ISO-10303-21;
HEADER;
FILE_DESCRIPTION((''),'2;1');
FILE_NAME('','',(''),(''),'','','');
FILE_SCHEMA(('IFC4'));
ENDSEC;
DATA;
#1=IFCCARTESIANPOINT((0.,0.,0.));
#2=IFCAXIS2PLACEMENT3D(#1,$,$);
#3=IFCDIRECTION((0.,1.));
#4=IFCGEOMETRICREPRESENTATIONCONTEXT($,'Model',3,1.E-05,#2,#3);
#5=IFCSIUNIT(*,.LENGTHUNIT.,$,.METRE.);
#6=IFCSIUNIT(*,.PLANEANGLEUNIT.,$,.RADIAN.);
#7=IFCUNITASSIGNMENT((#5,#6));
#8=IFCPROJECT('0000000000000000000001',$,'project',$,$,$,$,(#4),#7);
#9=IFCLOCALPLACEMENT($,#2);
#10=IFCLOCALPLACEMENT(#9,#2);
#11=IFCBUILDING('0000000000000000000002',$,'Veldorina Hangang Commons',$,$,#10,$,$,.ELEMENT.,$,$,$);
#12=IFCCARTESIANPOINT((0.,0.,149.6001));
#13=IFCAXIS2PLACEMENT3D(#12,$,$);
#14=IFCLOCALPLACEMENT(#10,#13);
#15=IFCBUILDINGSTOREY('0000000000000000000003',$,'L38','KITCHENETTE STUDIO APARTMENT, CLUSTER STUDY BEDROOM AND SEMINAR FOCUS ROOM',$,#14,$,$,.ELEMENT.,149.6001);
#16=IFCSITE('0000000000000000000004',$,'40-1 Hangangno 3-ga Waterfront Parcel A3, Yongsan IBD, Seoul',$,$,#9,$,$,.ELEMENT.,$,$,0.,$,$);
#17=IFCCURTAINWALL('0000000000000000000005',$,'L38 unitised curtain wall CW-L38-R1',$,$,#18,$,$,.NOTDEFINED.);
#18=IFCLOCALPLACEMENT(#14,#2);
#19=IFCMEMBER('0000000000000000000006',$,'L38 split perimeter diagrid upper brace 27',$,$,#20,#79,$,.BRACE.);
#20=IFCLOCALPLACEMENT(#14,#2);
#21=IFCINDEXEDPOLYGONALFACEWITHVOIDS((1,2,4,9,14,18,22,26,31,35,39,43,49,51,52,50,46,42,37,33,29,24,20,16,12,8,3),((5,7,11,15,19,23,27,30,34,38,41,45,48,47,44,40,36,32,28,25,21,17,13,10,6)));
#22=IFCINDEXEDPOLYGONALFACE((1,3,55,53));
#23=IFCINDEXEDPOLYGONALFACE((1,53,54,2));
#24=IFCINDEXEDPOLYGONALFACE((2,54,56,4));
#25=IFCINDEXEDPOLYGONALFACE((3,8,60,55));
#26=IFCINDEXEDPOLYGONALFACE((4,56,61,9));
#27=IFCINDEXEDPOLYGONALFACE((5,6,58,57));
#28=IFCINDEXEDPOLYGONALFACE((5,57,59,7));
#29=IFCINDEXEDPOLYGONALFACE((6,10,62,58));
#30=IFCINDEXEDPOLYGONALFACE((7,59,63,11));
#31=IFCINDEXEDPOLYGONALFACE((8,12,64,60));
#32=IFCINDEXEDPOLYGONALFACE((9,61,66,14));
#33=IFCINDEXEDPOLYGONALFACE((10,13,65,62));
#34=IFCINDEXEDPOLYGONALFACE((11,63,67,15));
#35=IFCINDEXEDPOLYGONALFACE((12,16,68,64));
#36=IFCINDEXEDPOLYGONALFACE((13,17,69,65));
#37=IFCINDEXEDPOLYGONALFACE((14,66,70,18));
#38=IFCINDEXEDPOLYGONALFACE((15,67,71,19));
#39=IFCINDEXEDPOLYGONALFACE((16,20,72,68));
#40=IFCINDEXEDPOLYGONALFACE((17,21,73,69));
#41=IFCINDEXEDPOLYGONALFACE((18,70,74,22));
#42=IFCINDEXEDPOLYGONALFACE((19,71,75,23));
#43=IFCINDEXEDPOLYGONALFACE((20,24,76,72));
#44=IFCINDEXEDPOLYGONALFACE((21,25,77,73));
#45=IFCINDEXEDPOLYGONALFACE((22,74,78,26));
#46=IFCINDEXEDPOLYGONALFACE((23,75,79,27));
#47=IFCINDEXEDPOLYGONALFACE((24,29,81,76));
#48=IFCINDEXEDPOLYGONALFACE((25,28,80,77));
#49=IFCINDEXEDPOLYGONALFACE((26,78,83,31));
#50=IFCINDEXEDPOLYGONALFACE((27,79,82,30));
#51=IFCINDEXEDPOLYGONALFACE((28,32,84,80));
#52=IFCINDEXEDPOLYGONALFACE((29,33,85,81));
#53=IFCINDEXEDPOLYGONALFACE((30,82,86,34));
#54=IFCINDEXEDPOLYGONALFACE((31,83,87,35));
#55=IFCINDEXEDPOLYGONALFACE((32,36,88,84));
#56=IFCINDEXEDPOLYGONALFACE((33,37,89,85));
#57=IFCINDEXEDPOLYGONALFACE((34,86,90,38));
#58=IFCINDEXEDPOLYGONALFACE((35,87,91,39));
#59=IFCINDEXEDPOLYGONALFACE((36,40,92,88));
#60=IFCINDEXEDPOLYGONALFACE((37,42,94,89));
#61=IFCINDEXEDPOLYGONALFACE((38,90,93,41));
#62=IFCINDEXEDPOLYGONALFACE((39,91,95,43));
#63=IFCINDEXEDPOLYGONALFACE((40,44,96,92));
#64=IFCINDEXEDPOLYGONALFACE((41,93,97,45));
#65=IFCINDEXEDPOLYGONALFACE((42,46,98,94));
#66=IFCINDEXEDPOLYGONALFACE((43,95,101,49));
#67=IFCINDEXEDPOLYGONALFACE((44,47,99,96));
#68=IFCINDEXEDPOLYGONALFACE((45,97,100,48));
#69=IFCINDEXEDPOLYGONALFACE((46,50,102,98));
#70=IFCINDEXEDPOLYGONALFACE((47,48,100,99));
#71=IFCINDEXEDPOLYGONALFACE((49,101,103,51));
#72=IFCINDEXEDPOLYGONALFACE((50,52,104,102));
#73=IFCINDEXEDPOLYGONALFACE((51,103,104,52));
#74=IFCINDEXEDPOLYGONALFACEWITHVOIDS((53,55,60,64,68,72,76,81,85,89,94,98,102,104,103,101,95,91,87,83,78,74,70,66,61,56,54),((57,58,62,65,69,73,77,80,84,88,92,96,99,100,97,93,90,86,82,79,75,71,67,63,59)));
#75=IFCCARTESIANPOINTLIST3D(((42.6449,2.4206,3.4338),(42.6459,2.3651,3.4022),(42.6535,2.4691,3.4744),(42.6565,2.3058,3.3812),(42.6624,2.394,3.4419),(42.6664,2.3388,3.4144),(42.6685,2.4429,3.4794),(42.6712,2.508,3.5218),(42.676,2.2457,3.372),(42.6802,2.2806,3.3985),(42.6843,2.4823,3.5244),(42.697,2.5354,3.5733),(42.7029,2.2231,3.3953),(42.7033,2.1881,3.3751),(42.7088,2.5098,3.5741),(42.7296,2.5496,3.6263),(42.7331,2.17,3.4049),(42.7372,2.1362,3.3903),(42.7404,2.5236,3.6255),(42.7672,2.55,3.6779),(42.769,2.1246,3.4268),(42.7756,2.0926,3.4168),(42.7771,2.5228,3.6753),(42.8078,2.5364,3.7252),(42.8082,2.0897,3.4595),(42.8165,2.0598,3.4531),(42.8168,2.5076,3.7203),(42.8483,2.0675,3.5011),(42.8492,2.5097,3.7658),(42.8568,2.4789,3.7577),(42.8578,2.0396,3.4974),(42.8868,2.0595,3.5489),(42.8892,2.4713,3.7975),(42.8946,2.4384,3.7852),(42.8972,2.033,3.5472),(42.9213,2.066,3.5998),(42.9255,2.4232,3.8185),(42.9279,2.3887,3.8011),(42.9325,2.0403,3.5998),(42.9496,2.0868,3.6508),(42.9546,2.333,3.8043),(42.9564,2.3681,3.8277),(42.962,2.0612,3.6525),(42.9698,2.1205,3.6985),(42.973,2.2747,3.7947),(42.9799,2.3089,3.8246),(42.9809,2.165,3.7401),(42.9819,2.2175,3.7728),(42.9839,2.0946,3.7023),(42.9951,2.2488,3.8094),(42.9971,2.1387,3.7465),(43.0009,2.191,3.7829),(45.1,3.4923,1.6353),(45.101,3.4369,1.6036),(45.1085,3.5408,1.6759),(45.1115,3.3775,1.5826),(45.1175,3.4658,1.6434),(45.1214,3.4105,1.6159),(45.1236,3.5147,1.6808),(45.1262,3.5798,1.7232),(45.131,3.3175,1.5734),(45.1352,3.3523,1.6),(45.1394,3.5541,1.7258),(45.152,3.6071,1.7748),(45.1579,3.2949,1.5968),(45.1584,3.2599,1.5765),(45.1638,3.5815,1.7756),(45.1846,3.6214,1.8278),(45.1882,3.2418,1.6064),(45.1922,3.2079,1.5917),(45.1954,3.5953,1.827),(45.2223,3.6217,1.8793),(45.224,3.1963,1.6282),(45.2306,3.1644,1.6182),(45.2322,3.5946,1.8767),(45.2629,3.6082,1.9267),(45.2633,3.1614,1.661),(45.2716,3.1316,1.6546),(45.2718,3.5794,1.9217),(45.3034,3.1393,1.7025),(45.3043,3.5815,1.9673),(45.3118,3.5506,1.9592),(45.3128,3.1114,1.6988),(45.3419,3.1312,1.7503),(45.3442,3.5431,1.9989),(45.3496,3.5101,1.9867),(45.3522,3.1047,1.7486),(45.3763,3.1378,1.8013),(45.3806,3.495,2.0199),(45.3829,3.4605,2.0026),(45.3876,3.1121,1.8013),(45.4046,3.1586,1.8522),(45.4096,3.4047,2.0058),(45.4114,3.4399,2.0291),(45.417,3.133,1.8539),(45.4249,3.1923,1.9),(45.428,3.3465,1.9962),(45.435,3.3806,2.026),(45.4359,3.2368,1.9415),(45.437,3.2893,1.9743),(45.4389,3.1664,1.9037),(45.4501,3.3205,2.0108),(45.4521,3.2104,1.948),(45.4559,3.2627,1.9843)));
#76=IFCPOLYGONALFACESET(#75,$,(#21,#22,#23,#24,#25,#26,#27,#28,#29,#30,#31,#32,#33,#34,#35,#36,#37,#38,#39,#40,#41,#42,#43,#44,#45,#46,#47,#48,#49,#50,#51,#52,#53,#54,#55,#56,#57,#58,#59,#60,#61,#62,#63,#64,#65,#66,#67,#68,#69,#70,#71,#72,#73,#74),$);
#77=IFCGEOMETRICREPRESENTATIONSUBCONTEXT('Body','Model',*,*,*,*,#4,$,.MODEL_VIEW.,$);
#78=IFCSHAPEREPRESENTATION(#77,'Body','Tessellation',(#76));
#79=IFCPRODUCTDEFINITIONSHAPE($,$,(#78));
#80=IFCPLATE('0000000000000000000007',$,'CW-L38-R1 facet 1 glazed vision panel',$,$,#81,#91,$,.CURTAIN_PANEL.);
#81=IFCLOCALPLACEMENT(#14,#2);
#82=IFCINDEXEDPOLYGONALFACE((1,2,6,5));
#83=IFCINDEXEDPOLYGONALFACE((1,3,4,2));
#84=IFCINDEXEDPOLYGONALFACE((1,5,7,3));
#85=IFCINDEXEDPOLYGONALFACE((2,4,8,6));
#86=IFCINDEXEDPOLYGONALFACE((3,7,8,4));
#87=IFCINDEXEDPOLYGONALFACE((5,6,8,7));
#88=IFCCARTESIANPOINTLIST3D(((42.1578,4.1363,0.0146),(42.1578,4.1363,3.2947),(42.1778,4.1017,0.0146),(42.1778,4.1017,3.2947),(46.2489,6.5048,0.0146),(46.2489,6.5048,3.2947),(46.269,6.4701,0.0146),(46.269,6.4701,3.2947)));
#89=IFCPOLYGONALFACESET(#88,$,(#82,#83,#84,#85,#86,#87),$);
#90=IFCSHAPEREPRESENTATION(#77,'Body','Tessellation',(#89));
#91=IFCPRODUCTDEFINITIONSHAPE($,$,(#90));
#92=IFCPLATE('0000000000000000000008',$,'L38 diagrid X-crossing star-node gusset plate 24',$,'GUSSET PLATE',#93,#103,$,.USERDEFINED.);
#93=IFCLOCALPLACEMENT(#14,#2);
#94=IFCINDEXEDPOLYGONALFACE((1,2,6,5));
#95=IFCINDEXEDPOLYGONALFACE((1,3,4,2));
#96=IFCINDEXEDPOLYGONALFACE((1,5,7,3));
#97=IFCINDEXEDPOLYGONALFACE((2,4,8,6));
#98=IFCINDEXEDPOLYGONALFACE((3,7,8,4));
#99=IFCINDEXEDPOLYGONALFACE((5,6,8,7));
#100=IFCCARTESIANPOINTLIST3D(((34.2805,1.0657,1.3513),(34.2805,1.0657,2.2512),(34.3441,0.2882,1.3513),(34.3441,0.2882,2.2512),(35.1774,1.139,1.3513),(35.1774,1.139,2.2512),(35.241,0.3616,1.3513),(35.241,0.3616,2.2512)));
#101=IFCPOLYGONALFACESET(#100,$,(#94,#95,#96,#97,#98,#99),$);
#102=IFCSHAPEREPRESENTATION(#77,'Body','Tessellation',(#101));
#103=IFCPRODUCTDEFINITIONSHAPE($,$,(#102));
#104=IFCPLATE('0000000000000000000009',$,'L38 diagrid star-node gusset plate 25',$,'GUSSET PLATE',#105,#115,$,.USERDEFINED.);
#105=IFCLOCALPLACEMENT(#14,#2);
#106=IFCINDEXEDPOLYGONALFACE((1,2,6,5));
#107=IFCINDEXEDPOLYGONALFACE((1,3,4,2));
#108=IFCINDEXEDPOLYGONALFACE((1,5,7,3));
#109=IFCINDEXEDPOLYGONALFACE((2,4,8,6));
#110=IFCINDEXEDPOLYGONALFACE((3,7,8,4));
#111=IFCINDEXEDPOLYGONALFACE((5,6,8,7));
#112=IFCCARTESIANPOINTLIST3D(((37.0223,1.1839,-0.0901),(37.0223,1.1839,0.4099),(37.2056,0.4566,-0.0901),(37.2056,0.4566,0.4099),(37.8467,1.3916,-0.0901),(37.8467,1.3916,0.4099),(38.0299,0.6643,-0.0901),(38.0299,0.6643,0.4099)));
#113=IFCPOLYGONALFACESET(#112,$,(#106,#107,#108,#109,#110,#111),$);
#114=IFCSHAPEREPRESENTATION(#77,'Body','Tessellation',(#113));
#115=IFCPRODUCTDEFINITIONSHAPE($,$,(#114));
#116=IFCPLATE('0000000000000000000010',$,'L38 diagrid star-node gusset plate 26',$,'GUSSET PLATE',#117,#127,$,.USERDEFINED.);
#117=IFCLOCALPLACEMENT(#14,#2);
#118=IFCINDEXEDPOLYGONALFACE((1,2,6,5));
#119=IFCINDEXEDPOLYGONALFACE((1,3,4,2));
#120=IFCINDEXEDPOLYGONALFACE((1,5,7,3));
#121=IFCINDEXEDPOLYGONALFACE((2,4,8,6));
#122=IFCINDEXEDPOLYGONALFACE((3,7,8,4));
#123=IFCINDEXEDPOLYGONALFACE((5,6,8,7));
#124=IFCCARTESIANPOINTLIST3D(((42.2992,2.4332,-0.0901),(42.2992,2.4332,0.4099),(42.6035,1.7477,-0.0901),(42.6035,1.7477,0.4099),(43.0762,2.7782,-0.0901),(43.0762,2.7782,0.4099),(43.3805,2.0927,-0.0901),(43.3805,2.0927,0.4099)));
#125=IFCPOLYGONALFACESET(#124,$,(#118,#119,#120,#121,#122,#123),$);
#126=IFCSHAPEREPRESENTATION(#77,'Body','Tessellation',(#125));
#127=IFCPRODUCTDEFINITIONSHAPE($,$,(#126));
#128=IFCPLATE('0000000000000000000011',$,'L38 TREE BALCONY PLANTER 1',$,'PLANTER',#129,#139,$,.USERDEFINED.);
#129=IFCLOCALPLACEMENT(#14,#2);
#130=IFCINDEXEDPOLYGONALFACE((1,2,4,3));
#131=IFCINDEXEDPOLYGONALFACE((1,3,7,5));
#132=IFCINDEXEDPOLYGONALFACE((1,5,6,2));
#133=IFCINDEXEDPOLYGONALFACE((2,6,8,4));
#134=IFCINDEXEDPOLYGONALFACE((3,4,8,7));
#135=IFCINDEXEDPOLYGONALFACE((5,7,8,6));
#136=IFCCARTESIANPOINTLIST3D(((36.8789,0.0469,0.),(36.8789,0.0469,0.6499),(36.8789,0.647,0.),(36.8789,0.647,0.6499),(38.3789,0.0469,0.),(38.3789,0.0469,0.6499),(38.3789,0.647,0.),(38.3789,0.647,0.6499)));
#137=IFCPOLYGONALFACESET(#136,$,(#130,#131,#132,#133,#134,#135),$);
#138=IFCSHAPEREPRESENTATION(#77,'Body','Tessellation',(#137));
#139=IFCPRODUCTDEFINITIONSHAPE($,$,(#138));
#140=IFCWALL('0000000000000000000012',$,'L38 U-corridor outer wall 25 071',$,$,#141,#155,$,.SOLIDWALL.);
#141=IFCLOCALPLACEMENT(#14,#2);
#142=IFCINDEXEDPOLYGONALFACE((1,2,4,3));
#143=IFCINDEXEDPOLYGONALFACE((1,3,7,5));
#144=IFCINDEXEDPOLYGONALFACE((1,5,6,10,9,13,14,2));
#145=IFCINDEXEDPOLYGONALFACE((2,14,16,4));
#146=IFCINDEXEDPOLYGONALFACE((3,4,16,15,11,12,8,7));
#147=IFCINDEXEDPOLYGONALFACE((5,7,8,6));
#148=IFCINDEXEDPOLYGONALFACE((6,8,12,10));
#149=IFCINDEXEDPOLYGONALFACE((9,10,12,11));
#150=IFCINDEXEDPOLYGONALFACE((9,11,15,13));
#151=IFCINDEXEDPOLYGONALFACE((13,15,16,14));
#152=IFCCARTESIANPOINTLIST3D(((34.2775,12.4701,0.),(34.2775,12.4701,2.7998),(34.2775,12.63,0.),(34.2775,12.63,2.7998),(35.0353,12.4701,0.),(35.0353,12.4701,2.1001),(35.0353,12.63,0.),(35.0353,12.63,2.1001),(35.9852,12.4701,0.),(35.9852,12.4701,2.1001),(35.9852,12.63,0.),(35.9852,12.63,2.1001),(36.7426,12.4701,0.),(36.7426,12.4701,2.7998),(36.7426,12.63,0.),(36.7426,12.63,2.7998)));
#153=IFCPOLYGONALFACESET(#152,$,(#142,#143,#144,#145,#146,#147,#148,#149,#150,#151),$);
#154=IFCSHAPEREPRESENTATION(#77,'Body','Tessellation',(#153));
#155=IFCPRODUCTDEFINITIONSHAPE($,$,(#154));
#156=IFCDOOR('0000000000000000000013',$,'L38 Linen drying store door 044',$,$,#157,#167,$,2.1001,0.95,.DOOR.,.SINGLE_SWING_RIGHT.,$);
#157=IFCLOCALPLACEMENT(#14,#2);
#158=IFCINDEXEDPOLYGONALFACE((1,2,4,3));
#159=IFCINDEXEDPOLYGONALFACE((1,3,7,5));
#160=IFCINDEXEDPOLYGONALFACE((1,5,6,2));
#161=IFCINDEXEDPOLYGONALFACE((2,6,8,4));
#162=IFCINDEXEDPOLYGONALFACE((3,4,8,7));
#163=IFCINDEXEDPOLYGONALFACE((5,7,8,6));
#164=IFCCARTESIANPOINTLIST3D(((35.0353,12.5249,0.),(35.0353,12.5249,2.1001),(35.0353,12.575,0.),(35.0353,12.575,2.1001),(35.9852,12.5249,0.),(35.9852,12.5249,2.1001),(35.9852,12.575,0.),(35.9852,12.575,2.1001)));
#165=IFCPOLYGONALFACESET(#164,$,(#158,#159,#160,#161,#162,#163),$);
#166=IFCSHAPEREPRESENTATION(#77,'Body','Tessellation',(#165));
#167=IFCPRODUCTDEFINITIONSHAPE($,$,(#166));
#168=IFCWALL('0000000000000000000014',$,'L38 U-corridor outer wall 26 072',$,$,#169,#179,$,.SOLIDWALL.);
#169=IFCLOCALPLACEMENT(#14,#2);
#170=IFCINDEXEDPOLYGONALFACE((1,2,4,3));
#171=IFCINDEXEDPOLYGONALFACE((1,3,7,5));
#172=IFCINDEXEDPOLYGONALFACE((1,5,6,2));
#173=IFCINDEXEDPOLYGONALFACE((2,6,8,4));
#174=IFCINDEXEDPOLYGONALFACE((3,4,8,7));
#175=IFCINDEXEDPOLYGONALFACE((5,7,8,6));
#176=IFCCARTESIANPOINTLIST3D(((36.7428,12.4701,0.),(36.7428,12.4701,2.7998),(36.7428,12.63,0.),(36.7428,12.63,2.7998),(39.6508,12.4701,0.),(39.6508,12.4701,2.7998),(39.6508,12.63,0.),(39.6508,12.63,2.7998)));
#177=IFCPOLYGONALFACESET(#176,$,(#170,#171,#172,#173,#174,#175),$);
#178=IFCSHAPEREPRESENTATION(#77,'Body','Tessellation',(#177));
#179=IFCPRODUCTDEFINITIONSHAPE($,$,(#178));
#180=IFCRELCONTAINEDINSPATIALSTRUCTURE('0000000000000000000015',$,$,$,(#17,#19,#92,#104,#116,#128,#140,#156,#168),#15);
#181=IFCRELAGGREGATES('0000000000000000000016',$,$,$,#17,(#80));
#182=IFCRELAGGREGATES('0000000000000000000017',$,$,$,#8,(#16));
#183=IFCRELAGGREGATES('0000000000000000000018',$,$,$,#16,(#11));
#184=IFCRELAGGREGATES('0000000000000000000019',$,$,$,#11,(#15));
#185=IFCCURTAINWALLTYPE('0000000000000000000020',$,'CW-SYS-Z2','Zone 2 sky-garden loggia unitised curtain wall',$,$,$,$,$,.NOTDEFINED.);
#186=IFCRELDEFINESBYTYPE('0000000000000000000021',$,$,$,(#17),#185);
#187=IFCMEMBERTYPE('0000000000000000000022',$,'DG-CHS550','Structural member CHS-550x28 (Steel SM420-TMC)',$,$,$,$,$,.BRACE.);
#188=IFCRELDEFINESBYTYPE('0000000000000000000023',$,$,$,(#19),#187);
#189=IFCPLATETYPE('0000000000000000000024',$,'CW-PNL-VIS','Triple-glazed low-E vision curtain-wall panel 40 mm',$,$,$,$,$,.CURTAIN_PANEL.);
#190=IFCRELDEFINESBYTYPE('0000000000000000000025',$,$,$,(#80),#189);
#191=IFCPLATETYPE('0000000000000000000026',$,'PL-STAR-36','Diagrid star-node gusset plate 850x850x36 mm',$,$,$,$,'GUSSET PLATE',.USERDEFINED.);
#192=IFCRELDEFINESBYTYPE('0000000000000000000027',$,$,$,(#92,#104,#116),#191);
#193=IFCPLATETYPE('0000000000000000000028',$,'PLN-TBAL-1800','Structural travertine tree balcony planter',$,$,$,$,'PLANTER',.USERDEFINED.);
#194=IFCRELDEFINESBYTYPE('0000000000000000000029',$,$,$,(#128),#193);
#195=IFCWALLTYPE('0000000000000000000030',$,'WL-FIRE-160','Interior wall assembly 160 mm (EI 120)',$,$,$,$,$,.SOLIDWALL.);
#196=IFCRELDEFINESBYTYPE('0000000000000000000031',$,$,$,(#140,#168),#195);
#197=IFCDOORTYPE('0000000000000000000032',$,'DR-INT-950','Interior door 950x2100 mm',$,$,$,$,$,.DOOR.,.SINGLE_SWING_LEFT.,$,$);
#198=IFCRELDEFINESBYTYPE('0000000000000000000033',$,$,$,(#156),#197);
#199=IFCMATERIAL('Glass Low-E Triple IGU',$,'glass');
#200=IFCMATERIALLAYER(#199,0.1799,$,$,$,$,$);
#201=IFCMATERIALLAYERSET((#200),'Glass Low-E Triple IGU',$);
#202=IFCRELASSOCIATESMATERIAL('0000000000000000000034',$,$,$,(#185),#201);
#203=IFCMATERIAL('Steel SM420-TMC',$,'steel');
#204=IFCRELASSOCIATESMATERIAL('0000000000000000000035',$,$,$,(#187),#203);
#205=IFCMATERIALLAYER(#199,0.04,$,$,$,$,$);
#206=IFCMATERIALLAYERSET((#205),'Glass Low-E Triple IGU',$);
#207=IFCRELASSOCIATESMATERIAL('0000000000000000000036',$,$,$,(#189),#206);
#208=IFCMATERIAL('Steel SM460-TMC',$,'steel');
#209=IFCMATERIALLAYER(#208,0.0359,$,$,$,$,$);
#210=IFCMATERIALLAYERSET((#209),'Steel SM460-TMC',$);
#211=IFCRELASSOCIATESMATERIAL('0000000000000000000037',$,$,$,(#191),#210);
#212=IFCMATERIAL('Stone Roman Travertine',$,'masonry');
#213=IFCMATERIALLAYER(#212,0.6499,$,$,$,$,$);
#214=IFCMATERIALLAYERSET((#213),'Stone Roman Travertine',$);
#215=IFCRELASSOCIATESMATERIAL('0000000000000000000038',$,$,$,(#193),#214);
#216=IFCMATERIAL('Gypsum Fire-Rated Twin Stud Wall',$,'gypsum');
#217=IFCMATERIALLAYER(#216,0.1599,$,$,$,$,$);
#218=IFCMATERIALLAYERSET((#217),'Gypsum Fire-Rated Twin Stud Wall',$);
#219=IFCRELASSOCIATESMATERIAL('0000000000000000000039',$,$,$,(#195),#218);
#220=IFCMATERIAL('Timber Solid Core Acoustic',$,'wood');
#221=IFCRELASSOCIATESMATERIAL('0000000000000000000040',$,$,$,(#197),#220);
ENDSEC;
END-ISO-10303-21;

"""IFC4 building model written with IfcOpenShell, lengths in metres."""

from ifc_helpers import new_model, si_unit, direction, frame, frame_2d, origin, origin_2d, place, context, subcontext, project, spatial, rectangle, hollow_circle, extrude, material, layer, layer_set, material_profile, profile_set, type_object, element, fill, aggregate, save


model = new_model("IFC4")

# Units and contexts
model_context = context("Model", 3, precision=1e-05, world=origin(), true_north=direction((0.0, 1.0)))
body_context = subcontext(model_context, "Body", "Model", "MODEL_VIEW")
ifc_project = project(units=[si_unit("LENGTHUNIT", "METRE"), si_unit("PLANEANGLEUNIT", "RADIAN")], contexts=[model_context])

# Site, building, storey
site_placement = place(None, origin())
site = spatial("IfcSite", under=ifc_project, at=site_placement, Name="40-1 Hangangno 3-ga Waterfront Parcel A3, Yongsan IBD, Seoul", CompositionType="ELEMENT", RefElevation=0.0)
building_placement = place(site_placement, origin())
building = spatial("IfcBuilding", under=site, at=building_placement, Name="Veldorina Hangang Commons", CompositionType="ELEMENT")
storey_placement = place(building_placement, frame((0.0, 0.0, 149.6001)))
storey = spatial("IfcBuildingStorey", under=building, at=storey_placement, Name="L38", Description="KITCHENETTE STUDIO APARTMENT, CLUSTER STUDY BEDROOM AND SEMINAR FOCUS ROOM", CompositionType="ELEMENT", Elevation=149.6001)

# Shared definitions
ifc_material_1 = material(Name="Steel SM420-TMC", Category="steel")

# Curtain wall
ifc_material_2 = material(Name="Glass Low-E Triple IGU", Category="glass")
ifc_layer_1 = layer(ifc_material_2, 0.1799)
ifc_layer_set_1 = layer_set([ifc_layer_1], Name="Glass Low-E Triple IGU")
curtain_wall_type = type_object("IfcCurtainWallType", Name="CW-SYS-Z2", Description="Zone 2 sky-garden loggia unitised curtain wall", PredefinedType="NOTDEFINED", material=ifc_layer_set_1)
curtain_wall_placement = place(storey_placement, origin())
curtain_wall = element("IfcCurtainWall", 1, at=curtain_wall_placement, inside=storey, type_object=curtain_wall_type, Name="L38 unitised curtain wall CW-L38-R1", PredefinedType="NOTDEFINED")

# Member
ifc_material_profile_1 = material_profile(ifc_material_1, hollow_circle(Radius=0.2749, WallThickness=0.0281, at=origin_2d()), Name="CHS-550x28")
ifc_profile_set_1 = profile_set([ifc_material_profile_1], Name="Steel SM420-TMC")
member_type_1 = type_object("IfcMemberType", Name="DG-CHS550", Description="Structural member CHS-550x28 (Steel SM420-TMC)", PredefinedType="BRACE", material=ifc_profile_set_1)
member_1_placement = place(storey_placement, frame((45.2776, 3.364, 1.8013), z_axis=(-0.760884, -0.332168, 0.557422), x_axis=(0.400092, -0.916475, 0.0)))
element("IfcMember", 2, at=member_1_placement, inside=storey, type_object=member_type_1, Name="L38 split perimeter diagrid upper brace 27", PredefinedType="BRACE", context=body_context, shape_type="SweptSolid", body=[
    extrude(hollow_circle(Radius=0.2749, WallThickness=0.0281, at=origin_2d()), origin(), (0.0, 0.0, 1.0), 3.2266),
])

# Plate
ifc_layer_2 = layer(ifc_material_2, 0.04)
ifc_layer_set_2 = layer_set([ifc_layer_2], Name="Glass Low-E Triple IGU")
plate_type_1 = type_object("IfcPlateType", Name="CW-PNL-VIS", Description="Triple-glazed low-E vision curtain-wall panel 40 mm", PredefinedType="CURTAIN_PANEL", material=ifc_layer_set_2)
plate_1_placement = place(storey_placement, frame((44.2134, 5.3032, 0.0146), z_axis=(0.0, 0.0, 1.0), x_axis=(0.86544, 0.501012, 0.0)))
plate_1 = element("IfcPlate", 3, at=plate_1_placement, type_object=plate_type_1, Name="CW-L38-R1 facet 1 glazed vision panel", PredefinedType="CURTAIN_PANEL", context=body_context, shape_type="SweptSolid", body=[
    extrude(rectangle(XDim=4.7273, YDim=0.04, at=origin_2d()), origin(), (0.0, 0.0, 1.0), 3.28),
])
aggregate(curtain_wall, [plate_1])

# Plates
ifc_material_3 = material(Name="Steel SM460-TMC", Category="steel")
ifc_layer_3 = layer(ifc_material_3, 0.0359)
ifc_layer_set_3 = layer_set([ifc_layer_3], Name="Steel SM460-TMC")
plate_type_2 = type_object("IfcPlateType", Name="PL-STAR-36", Description="Diagrid star-node gusset plate 850x850x36 mm", ElementType="GUSSET PLATE", PredefinedType="USERDEFINED", material=ifc_layer_set_3)
plate_2_placement = place(storey_placement, frame((34.7607, 0.7136, 1.3513), z_axis=(0.0, 0.0, 1.0), x_axis=(0.99667, 0.081538, 0.0)))
element("IfcPlate", 4, at=plate_2_placement, inside=storey, type_object=plate_type_2, Name="L38 diagrid X-crossing star-node gusset plate 24", ObjectType="GUSSET PLATE", PredefinedType="USERDEFINED", context=body_context, shape_type="SweptSolid", body=[
    extrude(rectangle(XDim=0.8999, YDim=0.78, at=origin_2d()), origin(), (0.0, 0.0, 1.0), 0.8999),
])
for number, where, z_axis, x_axis, name in (
    (5, (37.5261, 0.9241, -0.0901), (0.0, 0.0, 1.0), (0.969693, 0.244326, 0.0), "L38 diagrid star-node gusset plate 25"),
    (6, (42.8398, 2.2629, -0.0901), (0.0, 0.0, 1.0), (0.913971, 0.40578, 0.0), "L38 diagrid star-node gusset plate 26"),
):
    element("IfcPlate", number, at=place(storey_placement, frame(where, z_axis=z_axis, x_axis=x_axis)), inside=storey, type_object=plate_type_2, Name=name, ObjectType="GUSSET PLATE", PredefinedType="USERDEFINED", context=body_context, shape_type="SweptSolid", body=[
        extrude(rectangle(XDim=0.8501, YDim=0.75, at=origin_2d()), origin(), (0.0, 0.0, 1.0), 0.5),
    ])
ifc_material_4 = material(Name="Stone Roman Travertine", Category="masonry")
ifc_layer_4 = layer(ifc_material_4, 0.6499)
ifc_layer_set_4 = layer_set([ifc_layer_4], Name="Stone Roman Travertine")
plate_type_3 = type_object("IfcPlateType", Name="PLN-TBAL-1800", Description="Structural travertine tree balcony planter", ElementType="PLANTER", PredefinedType="USERDEFINED", material=ifc_layer_set_4)
plate_3_placement = place(storey_placement, frame((37.6289, 0.3469, 0.0), z_axis=(0.0, 0.0, 1.0), x_axis=(1.0, 0.0, 0.0)))
element("IfcPlate", 7, at=plate_3_placement, inside=storey, type_object=plate_type_3, Name="L38 TREE BALCONY PLANTER 1", ObjectType="PLANTER", PredefinedType="USERDEFINED", context=body_context, shape_type="SweptSolid", body=[
    extrude(rectangle(XDim=1.5, YDim=0.6001, at=origin_2d()), origin(), (0.0, 0.0, 1.0), 0.6499),
])

# Wall, opening, door
ifc_material_5 = material(Name="Gypsum Fire-Rated Twin Stud Wall", Category="gypsum")
ifc_layer_5 = layer(ifc_material_5, 0.1599)
ifc_layer_set_5 = layer_set([ifc_layer_5], Name="Gypsum Fire-Rated Twin Stud Wall")
wall_type_1 = type_object("IfcWallType", Name="WL-FIRE-160", Description="Interior wall assembly 160 mm (EI 120)", PredefinedType="SOLIDWALL", material=ifc_layer_set_5)
wall_1_placement = place(storey_placement, frame((34.2776, 12.55, 0.0), z_axis=(0.0, 0.0, 1.0), x_axis=(1.0, 0.0, 0.0)))
wall_1 = element("IfcWall", 8, at=wall_1_placement, inside=storey, type_object=wall_type_1, Name="L38 U-corridor outer wall 25 071", PredefinedType="SOLIDWALL", context=body_context, shape_type="SweptSolid", body=[
    extrude(rectangle(XDim=2.4651, YDim=0.1599, at=frame_2d((1.2324, 0.0))), origin(), (0.0, 0.0, 1.0), 2.7998),
])
opening_1_placement = place(wall_1_placement, frame((0.7576, 0.0, 0.0)))
opening_1 = element("IfcOpeningElement", 9, at=opening_1_placement, cuts=wall_1, PredefinedType="OPENING", context=body_context, shape_type="SweptSolid", body=[
    extrude(rectangle(XDim=0.95, YDim=2.1001, at=frame_2d((0.4751, 1.05))), frame((0.0, 0.0898, 0.0), z_axis=(0.0, -1.0, 0.0), x_axis=(1.0, 0.0, 0.0)), (0.0, 0.0, 1.0), 0.1799),
])
ifc_material_6 = material(Name="Timber Solid Core Acoustic", Category="wood")
door_type_1 = type_object("IfcDoorType", Name="DR-INT-950", Description="Interior door 950x2100 mm", OperationType="SINGLE_SWING_LEFT", PredefinedType="DOOR", material=ifc_material_6)
door_1_placement = place(opening_1_placement, origin())
door_1 = element("IfcDoor", 10, at=door_1_placement, inside=storey, type_object=door_type_1, Name="L38 Linen drying store door 044", OperationType="SINGLE_SWING_RIGHT", OverallHeight=2.1001, OverallWidth=0.95, PredefinedType="DOOR", context=body_context, shape_type="SweptSolid", body=[
    extrude(rectangle(XDim=0.95, YDim=2.1001, at=frame_2d((0.4751, 1.05))), frame((0.0, 0.0249, 0.0), z_axis=(0.0, -1.0, 0.0), x_axis=(1.0, 0.0, 0.0)), (0.0, 0.0, 1.0), 0.05),
])
fill(opening_1, door_1)

# Wall
wall_2_placement = place(storey_placement, frame((36.7427, 12.55, 0.0), z_axis=(0.0, 0.0, 1.0), x_axis=(1.0, 0.0, 0.0)))
element("IfcWall", 11, at=wall_2_placement, inside=storey, type_object=wall_type_1, Name="L38 U-corridor outer wall 26 072", PredefinedType="SOLIDWALL", context=body_context, shape_type="SweptSolid", body=[
    extrude(rectangle(XDim=2.908, YDim=0.1599, at=frame_2d((1.4541, 0.0))), origin(), (0.0, 0.0, 1.0), 2.7998),
])

save(model, "model.ifc")
